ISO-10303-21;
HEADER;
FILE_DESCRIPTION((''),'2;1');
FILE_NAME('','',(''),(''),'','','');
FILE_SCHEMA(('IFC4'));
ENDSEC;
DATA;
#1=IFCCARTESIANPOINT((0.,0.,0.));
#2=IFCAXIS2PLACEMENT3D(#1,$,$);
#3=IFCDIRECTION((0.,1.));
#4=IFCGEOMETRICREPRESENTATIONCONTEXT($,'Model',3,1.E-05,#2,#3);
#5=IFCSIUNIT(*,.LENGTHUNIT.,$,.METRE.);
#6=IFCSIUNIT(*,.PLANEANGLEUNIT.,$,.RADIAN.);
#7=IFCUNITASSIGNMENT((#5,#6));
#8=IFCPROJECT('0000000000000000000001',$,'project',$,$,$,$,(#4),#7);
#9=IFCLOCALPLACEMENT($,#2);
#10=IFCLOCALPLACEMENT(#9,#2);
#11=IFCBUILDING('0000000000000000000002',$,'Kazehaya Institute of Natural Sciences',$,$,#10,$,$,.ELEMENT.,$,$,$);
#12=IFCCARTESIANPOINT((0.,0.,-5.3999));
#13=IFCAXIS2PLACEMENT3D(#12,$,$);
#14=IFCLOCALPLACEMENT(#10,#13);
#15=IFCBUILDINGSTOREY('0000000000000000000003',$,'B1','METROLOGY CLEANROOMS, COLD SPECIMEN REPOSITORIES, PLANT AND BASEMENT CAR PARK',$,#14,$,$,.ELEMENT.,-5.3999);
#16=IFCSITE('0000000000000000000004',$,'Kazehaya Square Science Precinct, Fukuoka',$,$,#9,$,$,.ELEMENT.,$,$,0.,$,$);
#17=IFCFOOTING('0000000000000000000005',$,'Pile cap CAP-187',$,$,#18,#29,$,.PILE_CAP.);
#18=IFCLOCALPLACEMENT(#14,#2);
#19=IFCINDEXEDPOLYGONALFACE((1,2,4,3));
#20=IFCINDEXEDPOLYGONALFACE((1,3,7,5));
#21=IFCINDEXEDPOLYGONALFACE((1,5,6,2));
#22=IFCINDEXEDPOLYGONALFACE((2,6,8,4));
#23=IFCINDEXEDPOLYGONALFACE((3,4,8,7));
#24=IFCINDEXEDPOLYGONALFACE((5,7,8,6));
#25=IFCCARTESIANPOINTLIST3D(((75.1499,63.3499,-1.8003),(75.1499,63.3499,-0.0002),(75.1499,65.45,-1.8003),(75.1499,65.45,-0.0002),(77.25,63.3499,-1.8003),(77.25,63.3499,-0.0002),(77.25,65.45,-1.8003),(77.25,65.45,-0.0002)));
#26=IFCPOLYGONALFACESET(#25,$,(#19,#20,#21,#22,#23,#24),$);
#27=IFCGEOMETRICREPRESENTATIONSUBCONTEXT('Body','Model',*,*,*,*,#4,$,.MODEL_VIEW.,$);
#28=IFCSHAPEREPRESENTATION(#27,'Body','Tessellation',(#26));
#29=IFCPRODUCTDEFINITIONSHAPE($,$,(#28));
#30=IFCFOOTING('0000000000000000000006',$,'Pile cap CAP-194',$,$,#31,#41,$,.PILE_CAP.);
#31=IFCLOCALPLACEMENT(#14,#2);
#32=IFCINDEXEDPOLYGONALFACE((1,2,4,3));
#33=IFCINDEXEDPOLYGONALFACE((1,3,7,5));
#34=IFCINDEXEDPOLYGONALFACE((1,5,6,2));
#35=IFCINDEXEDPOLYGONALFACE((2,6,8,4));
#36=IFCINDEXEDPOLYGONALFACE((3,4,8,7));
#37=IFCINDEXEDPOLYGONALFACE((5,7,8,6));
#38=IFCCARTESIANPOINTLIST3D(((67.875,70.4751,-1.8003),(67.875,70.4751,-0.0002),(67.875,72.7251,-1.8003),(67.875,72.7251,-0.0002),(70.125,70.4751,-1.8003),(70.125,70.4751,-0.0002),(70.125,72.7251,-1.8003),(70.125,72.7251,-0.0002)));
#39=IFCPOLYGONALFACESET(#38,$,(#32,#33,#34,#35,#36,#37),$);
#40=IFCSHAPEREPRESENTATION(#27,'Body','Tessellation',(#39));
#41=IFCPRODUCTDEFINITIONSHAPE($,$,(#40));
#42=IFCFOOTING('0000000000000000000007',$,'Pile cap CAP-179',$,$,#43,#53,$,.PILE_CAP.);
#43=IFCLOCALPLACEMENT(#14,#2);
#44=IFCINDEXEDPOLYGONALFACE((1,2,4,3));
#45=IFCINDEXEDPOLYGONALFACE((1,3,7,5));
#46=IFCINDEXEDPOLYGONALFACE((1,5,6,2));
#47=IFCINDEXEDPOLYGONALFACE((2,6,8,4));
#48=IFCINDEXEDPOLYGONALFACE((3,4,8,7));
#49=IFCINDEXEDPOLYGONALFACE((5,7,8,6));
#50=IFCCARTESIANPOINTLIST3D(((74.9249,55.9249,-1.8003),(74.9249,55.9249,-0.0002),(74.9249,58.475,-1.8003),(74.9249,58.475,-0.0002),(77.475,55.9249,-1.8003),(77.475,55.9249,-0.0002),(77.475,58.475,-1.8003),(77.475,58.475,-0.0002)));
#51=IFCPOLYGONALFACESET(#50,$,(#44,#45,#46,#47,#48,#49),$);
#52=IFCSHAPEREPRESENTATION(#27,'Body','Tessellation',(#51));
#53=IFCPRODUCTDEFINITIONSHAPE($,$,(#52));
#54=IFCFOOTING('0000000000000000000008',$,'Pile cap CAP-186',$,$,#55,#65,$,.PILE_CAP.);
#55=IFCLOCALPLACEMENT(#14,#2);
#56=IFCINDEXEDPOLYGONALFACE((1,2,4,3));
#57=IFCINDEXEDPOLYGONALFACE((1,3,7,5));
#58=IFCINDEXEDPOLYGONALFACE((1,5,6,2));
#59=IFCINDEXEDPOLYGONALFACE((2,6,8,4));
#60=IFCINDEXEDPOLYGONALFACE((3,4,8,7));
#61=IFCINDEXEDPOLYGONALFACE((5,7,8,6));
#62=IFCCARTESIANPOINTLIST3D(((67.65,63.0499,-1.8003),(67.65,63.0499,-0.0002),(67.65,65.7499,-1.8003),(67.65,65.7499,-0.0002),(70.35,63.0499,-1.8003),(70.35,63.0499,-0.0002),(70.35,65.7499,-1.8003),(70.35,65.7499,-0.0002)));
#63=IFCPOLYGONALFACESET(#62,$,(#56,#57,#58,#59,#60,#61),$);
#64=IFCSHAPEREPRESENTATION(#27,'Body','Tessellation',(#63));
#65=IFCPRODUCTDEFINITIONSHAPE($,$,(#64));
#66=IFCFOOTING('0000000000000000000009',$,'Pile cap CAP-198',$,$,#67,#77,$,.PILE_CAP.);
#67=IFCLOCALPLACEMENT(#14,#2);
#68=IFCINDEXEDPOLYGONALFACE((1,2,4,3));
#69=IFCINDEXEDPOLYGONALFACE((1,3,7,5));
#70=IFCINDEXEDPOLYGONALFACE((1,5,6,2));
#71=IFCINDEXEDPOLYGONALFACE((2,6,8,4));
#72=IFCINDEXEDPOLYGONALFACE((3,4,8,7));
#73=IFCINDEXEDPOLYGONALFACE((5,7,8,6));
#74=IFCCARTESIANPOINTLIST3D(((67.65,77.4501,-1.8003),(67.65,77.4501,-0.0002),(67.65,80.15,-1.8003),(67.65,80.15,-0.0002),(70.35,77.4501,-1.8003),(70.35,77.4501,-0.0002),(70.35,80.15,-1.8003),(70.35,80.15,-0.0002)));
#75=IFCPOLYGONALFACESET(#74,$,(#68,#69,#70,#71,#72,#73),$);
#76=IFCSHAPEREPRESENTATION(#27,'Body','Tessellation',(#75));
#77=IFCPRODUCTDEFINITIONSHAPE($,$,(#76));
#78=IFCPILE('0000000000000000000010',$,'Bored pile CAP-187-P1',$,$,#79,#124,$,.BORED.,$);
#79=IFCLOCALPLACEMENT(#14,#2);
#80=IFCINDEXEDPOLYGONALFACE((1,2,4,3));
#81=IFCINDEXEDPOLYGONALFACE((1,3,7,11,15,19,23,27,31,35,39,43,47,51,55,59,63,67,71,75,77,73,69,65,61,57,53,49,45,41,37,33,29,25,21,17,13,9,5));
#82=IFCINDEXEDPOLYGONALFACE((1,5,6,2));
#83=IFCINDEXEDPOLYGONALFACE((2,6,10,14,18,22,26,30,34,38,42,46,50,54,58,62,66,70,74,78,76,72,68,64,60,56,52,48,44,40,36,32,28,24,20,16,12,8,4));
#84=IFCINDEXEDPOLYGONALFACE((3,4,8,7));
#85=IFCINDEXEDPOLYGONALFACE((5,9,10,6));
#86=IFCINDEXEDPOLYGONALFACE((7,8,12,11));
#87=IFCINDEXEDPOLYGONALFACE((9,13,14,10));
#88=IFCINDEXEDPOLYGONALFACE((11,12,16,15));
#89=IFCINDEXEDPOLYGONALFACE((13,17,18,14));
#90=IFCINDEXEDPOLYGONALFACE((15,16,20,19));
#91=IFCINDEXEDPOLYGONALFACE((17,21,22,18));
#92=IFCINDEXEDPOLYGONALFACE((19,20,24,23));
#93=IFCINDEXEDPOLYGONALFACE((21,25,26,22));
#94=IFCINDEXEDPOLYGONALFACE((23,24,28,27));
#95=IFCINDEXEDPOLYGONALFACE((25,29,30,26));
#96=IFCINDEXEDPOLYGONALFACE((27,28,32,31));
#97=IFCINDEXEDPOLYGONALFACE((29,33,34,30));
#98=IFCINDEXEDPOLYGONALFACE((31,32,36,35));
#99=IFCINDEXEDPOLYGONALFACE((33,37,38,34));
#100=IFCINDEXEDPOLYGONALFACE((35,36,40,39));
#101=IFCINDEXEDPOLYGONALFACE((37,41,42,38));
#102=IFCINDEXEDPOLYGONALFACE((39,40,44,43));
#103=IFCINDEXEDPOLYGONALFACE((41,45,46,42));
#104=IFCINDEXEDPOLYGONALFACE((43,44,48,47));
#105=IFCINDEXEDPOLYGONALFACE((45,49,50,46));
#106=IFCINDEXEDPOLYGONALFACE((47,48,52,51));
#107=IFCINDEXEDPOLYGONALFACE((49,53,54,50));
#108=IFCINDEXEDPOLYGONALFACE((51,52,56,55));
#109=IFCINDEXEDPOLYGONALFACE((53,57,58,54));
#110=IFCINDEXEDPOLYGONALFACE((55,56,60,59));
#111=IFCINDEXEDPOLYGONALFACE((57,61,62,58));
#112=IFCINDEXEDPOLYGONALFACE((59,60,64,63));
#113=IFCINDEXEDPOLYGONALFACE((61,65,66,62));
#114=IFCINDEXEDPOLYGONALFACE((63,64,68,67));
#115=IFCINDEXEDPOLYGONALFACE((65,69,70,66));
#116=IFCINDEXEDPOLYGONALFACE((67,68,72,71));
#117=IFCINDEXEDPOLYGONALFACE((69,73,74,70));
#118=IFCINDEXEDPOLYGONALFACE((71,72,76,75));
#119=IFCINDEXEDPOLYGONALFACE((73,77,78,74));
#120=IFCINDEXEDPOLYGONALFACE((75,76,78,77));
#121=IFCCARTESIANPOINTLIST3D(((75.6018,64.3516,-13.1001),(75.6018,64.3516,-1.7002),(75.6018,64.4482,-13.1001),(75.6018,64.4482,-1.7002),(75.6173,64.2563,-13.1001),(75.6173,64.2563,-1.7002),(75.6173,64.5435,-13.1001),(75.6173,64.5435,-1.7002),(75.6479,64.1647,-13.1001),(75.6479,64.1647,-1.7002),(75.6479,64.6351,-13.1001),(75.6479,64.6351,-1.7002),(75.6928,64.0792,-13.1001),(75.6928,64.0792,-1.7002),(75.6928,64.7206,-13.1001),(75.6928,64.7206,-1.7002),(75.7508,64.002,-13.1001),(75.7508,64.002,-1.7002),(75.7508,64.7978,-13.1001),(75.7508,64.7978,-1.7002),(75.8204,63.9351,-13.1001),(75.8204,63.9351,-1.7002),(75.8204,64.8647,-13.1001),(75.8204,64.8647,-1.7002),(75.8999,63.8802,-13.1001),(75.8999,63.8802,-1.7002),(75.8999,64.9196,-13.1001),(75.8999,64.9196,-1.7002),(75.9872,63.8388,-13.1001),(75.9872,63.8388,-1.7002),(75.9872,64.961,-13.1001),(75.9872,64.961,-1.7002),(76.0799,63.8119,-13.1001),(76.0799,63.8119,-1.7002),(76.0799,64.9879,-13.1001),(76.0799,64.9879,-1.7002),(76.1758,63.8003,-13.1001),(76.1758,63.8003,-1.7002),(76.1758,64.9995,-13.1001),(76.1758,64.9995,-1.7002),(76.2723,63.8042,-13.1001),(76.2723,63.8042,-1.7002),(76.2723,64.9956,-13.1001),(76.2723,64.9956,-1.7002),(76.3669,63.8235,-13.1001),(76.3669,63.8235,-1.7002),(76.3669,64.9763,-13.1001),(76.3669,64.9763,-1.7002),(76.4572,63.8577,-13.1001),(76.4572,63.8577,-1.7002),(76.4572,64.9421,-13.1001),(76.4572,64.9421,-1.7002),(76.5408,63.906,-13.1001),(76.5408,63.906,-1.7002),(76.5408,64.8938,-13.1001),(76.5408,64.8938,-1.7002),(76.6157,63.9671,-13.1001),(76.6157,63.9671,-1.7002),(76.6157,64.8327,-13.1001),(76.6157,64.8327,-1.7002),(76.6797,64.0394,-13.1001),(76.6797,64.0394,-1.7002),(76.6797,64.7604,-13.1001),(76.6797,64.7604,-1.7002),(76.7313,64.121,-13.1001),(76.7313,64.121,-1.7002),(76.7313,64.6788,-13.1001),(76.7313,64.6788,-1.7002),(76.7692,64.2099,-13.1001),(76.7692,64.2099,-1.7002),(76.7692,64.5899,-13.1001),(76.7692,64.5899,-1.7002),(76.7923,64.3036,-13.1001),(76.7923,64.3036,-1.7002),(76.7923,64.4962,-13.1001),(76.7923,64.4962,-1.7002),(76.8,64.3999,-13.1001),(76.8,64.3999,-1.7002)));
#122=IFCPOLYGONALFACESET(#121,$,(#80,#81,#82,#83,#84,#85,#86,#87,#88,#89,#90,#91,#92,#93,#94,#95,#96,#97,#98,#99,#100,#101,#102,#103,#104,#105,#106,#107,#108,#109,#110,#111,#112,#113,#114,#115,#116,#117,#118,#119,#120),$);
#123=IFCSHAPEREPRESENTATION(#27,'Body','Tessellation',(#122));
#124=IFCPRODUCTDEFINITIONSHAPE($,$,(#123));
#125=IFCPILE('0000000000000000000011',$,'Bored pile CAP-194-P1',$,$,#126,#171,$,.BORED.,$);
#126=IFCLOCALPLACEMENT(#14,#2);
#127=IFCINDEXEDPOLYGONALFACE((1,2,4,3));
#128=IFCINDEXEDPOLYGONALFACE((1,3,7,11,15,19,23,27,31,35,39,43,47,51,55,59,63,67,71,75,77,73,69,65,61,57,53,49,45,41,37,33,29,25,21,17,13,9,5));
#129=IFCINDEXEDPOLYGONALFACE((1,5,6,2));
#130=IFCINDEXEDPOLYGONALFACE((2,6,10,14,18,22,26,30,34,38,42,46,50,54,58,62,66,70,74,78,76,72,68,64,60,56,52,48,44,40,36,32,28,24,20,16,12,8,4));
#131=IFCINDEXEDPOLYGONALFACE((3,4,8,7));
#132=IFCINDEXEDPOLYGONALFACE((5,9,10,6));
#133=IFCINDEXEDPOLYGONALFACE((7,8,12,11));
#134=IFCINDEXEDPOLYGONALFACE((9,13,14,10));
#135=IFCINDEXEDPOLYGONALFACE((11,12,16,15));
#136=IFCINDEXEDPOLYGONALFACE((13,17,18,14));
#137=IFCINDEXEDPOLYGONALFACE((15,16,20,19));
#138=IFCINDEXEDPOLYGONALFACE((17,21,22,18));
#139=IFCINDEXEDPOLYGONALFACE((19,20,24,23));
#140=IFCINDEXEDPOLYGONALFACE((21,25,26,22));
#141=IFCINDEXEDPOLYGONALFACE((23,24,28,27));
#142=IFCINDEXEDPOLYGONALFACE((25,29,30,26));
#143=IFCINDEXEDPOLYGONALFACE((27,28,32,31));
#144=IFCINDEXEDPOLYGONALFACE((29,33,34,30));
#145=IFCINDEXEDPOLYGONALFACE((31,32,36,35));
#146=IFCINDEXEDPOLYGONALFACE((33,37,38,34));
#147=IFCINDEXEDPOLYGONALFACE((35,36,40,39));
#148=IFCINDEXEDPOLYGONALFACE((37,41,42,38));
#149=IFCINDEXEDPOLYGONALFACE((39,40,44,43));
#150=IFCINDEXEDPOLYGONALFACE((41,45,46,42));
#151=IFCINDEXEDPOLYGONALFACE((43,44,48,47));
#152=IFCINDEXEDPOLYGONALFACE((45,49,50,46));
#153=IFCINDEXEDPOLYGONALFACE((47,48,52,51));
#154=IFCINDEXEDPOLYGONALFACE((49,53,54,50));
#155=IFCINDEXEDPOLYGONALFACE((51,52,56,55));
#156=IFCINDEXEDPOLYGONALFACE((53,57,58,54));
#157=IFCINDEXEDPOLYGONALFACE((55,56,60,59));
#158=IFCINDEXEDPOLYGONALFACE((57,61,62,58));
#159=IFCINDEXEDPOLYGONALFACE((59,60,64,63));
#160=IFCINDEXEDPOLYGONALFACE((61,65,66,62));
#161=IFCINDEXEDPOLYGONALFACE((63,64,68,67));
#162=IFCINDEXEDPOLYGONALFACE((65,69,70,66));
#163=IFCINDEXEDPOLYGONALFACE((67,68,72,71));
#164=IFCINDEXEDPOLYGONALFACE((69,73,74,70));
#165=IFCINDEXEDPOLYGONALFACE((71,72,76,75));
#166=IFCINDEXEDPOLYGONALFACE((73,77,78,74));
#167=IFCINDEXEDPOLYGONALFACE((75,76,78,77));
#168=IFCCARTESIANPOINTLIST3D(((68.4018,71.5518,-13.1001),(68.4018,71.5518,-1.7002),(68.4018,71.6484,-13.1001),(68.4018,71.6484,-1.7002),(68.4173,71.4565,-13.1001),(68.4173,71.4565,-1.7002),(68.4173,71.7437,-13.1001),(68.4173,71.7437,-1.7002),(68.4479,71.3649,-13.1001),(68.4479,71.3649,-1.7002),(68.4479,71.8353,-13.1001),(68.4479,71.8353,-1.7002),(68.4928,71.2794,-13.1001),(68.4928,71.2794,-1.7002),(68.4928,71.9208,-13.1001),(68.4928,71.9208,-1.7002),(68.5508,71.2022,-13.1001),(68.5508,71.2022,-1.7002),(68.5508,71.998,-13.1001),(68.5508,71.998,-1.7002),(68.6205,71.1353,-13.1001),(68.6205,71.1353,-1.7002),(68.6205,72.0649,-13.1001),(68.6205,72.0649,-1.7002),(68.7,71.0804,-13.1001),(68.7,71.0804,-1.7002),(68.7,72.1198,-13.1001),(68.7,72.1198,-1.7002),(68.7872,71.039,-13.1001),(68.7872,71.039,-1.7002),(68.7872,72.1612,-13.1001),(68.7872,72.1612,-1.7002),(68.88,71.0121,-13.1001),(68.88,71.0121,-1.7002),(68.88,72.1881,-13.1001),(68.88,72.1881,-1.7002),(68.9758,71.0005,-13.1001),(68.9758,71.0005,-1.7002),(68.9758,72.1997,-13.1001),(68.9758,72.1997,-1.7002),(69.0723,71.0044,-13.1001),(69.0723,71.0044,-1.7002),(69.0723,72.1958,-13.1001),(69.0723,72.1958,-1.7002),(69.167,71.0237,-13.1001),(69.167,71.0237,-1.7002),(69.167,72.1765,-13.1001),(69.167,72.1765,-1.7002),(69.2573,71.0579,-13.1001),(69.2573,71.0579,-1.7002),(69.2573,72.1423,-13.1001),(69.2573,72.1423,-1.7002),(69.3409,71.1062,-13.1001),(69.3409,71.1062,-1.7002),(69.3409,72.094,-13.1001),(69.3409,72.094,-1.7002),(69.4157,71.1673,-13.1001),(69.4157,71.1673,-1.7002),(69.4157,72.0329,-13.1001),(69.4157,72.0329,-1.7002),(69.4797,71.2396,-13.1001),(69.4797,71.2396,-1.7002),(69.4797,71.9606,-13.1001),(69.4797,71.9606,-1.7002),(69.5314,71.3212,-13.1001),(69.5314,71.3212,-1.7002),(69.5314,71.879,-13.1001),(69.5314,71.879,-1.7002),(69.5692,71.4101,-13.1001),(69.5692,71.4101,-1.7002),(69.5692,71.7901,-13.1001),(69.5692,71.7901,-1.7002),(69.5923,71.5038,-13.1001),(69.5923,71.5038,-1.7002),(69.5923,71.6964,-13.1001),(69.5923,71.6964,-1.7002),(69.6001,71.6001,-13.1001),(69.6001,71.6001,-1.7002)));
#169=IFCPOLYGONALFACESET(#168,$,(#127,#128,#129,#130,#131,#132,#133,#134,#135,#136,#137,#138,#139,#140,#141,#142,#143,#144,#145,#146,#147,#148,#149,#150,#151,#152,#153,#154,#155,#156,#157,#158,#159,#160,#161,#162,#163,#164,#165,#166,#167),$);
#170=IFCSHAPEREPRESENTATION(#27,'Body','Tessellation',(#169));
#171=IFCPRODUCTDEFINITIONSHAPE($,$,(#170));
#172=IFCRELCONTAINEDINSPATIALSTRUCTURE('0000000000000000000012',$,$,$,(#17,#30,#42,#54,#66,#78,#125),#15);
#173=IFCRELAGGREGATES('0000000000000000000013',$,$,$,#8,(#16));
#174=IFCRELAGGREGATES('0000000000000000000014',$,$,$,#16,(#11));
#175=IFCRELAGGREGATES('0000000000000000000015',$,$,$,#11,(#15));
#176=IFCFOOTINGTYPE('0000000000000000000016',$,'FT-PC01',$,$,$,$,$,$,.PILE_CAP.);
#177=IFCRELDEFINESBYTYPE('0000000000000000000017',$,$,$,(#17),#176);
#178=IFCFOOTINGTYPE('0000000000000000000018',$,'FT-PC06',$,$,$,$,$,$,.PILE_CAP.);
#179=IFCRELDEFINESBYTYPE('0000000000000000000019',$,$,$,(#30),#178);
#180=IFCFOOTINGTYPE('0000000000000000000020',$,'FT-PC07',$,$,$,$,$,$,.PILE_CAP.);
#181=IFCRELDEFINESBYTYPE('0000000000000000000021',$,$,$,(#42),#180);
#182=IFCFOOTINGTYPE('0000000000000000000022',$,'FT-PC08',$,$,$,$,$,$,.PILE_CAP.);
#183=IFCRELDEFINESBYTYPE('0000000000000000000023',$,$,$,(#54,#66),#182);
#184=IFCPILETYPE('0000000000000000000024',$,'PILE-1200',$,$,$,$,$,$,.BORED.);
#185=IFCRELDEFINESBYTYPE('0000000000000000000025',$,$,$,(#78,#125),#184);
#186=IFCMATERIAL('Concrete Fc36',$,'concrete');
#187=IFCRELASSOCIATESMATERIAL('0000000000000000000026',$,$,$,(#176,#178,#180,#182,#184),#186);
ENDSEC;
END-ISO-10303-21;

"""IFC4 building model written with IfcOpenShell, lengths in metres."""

from ifc_helpers import new_model, si_unit, direction, frame, origin, origin_2d, place, context, subcontext, project, spatial, rectangle, circle, extrude, material, material_profile, profile_set, type_object, element, save


model = new_model("IFC4")

# Units and contexts
model_context = context("Model", 3, precision=1e-05, world=origin(), true_north=direction((0.0, 1.0)))
body_context = subcontext(model_context, "Body", "Model", "MODEL_VIEW")
ifc_project = project(units=[si_unit("LENGTHUNIT", "METRE"), si_unit("PLANEANGLEUNIT", "RADIAN")], contexts=[model_context])

# Site, building, storey
site_placement = place(None, origin())
site = spatial("IfcSite", under=ifc_project, at=site_placement, Name="Kazehaya Square Science Precinct, Fukuoka", CompositionType="ELEMENT", RefElevation=0.0)
building_placement = place(site_placement, origin())
building = spatial("IfcBuilding", under=site, at=building_placement, Name="Kazehaya Institute of Natural Sciences", CompositionType="ELEMENT")
storey_placement = place(building_placement, frame((0.0, 0.0, -5.3999)))
storey = spatial("IfcBuildingStorey", under=building, at=storey_placement, Name="B1", Description="METROLOGY CLEANROOMS, COLD SPECIMEN REPOSITORIES, PLANT AND BASEMENT CAR PARK", CompositionType="ELEMENT", Elevation=-5.3999)

# Footings
ifc_material_1 = material(Name="Concrete Fc36", Category="concrete")
footing_type_1 = type_object("IfcFootingType", Name="FT-PC01", PredefinedType="PILE_CAP", material=ifc_material_1)
footing_1_placement = place(storey_placement, frame((76.2, 64.3999, -1.8003), z_axis=(0.0, 0.0, 1.0), x_axis=(1.0, 0.0, 0.0)))
element("IfcFooting", 1, at=footing_1_placement, inside=storey, type_object=footing_type_1, Name="Pile cap CAP-187", PredefinedType="PILE_CAP", context=body_context, shape_type="SweptSolid", body=[
    extrude(rectangle(XDim=2.1001, YDim=2.1001, at=origin_2d()), origin(), (0.0, 0.0, 1.0), 1.8),
])
footing_type_2 = type_object("IfcFootingType", Name="FT-PC06", PredefinedType="PILE_CAP", material=ifc_material_1)
footing_2_placement = place(storey_placement, frame((69.0, 71.6001, -1.8003), z_axis=(0.0, 0.0, 1.0), x_axis=(1.0, 0.0, 0.0)))
element("IfcFooting", 2, at=footing_2_placement, inside=storey, type_object=footing_type_2, Name="Pile cap CAP-194", PredefinedType="PILE_CAP", context=body_context, shape_type="SweptSolid", body=[
    extrude(rectangle(XDim=2.25, YDim=2.25, at=origin_2d()), origin(), (0.0, 0.0, 1.0), 1.8),
])
footing_type_3 = type_object("IfcFootingType", Name="FT-PC07", PredefinedType="PILE_CAP", material=ifc_material_1)
footing_3_placement = place(storey_placement, frame((76.2, 57.2, -1.8003), z_axis=(0.0, 0.0, 1.0), x_axis=(1.0, 0.0, 0.0)))
element("IfcFooting", 3, at=footing_3_placement, inside=storey, type_object=footing_type_3, Name="Pile cap CAP-179", PredefinedType="PILE_CAP", context=body_context, shape_type="SweptSolid", body=[
    extrude(rectangle(XDim=2.55, YDim=2.55, at=origin_2d()), origin(), (0.0, 0.0, 1.0), 1.8),
])
footing_type_4 = type_object("IfcFootingType", Name="FT-PC08", PredefinedType="PILE_CAP", material=ifc_material_1)
for number, where, z_axis, x_axis, name in (
    (4, (69.0, 64.3999, -1.8003), (0.0, 0.0, 1.0), (1.0, 0.0, 0.0), "Pile cap CAP-186"),
    (5, (69.0, 78.8, -1.8003), (0.0, 0.0, 1.0), (1.0, 0.0, 0.0), "Pile cap CAP-198"),
):
    element("IfcFooting", number, at=place(storey_placement, frame(where, z_axis=z_axis, x_axis=x_axis)), inside=storey, type_object=footing_type_4, Name=name, PredefinedType="PILE_CAP", context=body_context, shape_type="SweptSolid", body=[
        extrude(rectangle(XDim=2.7, YDim=2.7, at=origin_2d()), origin(), (0.0, 0.0, 1.0), 1.8),
    ])

# Piles
ifc_material_profile_1 = material_profile(ifc_material_1, circle(Radius=0.6001, at=origin_2d()), Name="PILE-1200")
ifc_profile_set_1 = profile_set([ifc_material_profile_1], Name="Concrete Fc36")
pile_type_1 = type_object("IfcPileType", Name="PILE-1200", PredefinedType="BORED", material=ifc_profile_set_1)
for number, where, z_axis, x_axis, name in (
    (6, (76.2, 64.3999, -1.7002), (0.0, 0.0, -1.0), (1.0, 0.0, 0.0), "Bored pile CAP-187-P1"),
    (7, (69.0, 71.6001, -1.7002), (0.0, 0.0, -1.0), (1.0, 0.0, 0.0), "Bored pile CAP-194-P1"),
):
    element("IfcPile", number, at=place(storey_placement, frame(where, z_axis=z_axis, x_axis=x_axis)), inside=storey, type_object=pile_type_1, Name=name, PredefinedType="BORED", context=body_context, shape_type="SweptSolid", body=[
        extrude(circle(Radius=0.6001, at=origin_2d()), origin(), (0.0, 0.0, 1.0), 11.3999),
    ])

save(model, "model.ifc")
